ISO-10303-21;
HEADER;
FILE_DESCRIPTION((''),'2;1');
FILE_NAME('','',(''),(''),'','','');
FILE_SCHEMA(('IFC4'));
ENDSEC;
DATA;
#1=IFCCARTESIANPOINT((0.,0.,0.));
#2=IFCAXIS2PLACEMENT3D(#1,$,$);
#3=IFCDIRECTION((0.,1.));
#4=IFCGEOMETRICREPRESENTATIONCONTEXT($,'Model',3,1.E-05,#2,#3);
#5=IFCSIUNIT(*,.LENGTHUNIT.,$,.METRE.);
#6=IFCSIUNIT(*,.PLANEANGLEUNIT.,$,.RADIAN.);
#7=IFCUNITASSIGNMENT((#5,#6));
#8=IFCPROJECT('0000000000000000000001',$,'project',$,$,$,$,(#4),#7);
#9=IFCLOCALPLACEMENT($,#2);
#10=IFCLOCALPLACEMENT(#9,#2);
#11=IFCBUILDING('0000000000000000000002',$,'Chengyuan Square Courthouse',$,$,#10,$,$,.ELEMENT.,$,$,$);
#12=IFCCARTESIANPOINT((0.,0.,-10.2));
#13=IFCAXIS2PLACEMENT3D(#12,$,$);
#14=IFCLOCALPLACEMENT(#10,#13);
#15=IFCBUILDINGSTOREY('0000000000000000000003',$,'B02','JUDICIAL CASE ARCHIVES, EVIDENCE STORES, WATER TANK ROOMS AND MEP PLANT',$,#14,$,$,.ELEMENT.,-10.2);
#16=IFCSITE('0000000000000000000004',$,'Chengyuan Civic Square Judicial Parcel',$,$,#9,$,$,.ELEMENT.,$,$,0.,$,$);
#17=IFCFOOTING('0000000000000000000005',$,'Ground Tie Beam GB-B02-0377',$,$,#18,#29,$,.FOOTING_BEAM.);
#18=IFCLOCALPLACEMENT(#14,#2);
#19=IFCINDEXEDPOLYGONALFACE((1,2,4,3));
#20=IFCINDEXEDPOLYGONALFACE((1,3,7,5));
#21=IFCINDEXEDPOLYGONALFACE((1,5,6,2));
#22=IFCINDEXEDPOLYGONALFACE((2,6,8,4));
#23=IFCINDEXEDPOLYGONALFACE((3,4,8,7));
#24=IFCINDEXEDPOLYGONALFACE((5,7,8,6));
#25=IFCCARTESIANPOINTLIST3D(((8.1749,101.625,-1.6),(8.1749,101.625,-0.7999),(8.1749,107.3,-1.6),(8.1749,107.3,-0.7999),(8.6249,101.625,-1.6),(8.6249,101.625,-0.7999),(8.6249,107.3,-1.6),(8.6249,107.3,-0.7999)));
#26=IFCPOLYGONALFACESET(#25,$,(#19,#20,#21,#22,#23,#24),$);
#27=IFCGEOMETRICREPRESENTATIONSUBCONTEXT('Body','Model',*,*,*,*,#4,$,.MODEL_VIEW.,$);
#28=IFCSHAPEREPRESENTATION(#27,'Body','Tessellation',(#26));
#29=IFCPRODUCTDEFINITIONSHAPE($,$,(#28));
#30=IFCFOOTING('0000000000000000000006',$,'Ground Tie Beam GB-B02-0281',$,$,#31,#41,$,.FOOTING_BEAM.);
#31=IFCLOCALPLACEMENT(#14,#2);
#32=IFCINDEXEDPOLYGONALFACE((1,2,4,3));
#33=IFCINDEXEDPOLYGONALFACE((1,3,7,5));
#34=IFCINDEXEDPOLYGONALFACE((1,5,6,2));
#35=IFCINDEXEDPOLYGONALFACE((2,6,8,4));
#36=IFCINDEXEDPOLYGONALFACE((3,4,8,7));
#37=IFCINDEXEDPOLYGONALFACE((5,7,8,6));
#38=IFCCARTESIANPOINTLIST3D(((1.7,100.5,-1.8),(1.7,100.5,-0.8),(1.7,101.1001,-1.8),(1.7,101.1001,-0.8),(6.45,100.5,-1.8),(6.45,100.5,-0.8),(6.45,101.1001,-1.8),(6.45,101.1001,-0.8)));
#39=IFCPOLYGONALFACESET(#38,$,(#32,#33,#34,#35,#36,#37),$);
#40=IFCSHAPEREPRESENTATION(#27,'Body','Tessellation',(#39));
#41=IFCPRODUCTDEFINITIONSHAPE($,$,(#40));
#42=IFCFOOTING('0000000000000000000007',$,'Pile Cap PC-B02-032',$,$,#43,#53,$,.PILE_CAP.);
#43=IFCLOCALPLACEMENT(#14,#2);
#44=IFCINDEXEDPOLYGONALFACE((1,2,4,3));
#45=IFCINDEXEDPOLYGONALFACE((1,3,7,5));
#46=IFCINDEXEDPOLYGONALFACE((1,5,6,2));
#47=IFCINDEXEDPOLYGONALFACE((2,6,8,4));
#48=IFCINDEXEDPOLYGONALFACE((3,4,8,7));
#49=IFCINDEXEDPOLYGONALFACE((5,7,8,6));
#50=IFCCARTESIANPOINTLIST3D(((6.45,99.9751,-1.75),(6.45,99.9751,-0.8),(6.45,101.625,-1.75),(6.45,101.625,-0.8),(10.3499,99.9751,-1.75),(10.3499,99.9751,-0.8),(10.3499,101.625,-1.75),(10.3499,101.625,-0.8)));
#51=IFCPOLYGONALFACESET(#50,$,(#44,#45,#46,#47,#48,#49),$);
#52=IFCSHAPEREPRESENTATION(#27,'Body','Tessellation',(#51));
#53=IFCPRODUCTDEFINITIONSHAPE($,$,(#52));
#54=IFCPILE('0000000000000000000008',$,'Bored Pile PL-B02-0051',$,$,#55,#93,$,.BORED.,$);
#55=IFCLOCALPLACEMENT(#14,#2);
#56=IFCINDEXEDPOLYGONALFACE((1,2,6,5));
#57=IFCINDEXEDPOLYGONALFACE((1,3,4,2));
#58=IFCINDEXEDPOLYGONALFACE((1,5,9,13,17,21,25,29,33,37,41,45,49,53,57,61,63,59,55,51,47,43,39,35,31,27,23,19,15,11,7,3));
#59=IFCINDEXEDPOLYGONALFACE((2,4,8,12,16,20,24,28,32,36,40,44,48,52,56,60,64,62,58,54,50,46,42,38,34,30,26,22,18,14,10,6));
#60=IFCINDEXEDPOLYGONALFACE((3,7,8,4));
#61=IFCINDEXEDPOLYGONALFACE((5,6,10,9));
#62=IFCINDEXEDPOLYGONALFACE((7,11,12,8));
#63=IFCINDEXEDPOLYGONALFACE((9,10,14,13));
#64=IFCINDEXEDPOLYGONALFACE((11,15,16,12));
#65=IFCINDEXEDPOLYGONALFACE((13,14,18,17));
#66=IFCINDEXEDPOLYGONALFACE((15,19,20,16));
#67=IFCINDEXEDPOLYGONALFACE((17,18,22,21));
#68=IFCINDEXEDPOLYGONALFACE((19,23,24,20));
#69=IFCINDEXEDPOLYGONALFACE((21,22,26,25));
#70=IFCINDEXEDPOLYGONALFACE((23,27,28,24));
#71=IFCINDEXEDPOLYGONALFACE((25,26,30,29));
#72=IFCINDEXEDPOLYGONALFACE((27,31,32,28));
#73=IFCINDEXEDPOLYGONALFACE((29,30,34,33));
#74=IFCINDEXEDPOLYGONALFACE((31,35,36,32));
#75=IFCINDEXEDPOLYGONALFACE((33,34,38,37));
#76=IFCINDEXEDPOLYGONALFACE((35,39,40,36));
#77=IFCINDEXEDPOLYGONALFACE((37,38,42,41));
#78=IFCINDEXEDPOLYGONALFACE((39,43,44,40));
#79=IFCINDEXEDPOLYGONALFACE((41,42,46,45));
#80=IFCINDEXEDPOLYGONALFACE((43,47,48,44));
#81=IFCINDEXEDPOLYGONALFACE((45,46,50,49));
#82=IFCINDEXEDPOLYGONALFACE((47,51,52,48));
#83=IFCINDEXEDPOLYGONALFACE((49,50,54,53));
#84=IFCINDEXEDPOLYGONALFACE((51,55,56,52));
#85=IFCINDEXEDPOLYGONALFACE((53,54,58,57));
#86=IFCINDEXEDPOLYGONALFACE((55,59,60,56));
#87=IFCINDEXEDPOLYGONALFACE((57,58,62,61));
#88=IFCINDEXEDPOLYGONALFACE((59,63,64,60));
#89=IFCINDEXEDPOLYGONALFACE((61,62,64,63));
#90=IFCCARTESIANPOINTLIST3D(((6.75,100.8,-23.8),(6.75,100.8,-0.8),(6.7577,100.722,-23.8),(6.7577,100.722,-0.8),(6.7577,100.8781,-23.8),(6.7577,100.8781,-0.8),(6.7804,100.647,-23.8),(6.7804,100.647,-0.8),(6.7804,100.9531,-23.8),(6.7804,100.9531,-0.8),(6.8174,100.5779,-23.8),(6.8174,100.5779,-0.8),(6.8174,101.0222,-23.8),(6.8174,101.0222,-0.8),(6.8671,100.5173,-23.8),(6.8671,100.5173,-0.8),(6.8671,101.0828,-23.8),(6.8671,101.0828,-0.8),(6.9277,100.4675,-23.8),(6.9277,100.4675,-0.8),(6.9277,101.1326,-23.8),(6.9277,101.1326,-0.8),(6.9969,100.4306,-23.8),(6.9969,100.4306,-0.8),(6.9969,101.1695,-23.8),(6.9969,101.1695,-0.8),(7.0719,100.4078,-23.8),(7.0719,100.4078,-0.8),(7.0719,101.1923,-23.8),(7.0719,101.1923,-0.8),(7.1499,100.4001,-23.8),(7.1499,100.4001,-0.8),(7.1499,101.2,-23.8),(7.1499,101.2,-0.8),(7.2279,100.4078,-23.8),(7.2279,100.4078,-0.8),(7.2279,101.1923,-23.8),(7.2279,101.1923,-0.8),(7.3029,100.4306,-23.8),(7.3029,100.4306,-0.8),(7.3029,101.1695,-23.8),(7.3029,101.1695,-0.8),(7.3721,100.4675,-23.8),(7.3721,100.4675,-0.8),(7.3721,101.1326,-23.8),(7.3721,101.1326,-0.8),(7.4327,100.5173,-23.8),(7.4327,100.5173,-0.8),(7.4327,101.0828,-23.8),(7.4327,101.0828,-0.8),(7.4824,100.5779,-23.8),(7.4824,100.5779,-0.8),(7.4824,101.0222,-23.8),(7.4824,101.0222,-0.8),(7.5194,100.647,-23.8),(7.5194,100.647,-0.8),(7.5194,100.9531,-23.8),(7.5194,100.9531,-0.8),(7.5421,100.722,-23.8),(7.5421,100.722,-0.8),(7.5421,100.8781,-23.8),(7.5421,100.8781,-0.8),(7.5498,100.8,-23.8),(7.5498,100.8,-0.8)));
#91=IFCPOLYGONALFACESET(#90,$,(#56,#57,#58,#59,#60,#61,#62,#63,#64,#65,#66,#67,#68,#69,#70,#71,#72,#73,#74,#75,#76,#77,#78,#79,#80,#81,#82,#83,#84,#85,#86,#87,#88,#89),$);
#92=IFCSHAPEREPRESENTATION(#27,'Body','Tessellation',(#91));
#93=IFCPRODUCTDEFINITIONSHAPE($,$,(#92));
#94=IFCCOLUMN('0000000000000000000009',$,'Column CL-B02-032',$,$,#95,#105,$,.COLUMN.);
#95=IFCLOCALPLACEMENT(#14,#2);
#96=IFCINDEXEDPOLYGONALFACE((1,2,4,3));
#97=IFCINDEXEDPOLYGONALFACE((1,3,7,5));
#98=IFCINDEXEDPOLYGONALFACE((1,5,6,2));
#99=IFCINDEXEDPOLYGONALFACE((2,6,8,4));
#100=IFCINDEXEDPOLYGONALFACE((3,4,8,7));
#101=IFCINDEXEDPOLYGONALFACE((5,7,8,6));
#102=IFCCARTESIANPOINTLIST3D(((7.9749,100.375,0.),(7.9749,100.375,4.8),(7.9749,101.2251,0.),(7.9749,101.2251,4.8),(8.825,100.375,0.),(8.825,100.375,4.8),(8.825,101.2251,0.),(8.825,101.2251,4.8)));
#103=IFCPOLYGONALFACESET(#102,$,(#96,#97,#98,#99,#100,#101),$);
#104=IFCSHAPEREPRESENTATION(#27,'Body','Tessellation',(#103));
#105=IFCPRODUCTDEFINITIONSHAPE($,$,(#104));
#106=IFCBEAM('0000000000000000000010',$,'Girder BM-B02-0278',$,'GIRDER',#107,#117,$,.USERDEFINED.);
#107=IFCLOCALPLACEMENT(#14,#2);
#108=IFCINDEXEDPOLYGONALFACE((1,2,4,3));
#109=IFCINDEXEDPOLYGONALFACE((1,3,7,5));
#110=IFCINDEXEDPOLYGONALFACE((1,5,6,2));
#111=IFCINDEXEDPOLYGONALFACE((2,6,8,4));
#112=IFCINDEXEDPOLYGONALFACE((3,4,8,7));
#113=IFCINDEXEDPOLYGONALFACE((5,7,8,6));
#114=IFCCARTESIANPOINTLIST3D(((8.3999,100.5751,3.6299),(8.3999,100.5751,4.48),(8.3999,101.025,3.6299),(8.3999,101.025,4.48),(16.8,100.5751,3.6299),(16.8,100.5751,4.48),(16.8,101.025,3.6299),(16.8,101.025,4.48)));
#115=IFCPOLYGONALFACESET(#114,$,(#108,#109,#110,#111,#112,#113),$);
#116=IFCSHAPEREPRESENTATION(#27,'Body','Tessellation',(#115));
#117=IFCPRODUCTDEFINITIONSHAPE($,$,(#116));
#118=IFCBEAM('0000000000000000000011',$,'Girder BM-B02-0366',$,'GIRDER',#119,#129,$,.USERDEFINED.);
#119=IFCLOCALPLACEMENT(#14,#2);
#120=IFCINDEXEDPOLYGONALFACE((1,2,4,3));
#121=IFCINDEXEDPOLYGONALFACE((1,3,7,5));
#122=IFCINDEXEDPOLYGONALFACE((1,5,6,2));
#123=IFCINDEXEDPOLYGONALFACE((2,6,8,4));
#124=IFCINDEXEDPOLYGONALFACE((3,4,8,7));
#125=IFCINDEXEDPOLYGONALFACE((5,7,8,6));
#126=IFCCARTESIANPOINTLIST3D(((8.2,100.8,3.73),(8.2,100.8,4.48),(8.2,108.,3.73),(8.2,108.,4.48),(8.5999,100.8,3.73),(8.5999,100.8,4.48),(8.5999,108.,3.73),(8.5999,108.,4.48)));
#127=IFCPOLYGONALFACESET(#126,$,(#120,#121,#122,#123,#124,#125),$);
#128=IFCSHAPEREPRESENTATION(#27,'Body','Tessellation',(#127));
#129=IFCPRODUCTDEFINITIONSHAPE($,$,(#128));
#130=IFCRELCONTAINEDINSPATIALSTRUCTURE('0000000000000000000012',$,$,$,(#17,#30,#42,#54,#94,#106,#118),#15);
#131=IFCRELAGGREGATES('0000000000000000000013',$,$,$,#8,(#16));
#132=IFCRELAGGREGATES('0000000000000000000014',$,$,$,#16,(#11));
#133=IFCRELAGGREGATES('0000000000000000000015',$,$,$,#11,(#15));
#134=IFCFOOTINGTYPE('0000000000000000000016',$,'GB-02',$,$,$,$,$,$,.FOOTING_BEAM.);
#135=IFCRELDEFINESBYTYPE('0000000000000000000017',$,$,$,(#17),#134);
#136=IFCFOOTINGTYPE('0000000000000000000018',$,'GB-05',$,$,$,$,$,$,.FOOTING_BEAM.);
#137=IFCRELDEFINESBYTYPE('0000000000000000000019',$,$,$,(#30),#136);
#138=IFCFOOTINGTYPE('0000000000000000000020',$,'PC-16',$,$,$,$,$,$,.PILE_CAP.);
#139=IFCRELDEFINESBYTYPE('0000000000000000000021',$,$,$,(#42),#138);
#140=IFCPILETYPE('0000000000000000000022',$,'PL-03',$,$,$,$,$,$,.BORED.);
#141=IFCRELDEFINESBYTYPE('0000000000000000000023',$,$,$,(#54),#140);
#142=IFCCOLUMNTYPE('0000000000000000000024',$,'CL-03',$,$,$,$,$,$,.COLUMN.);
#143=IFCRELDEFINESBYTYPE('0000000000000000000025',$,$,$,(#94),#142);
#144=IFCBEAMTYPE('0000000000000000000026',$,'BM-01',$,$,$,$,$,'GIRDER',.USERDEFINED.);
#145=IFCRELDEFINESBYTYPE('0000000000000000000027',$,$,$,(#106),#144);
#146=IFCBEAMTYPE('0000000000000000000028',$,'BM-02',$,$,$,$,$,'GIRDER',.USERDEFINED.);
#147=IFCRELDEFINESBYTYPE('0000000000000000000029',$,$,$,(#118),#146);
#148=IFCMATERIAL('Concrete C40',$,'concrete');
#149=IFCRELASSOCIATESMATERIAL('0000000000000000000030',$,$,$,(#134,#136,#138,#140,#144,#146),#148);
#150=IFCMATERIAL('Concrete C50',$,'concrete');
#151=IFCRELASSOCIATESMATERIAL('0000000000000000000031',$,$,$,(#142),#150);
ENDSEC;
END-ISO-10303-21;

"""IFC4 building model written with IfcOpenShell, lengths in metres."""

from ifc_helpers import new_model, si_unit, direction, frame, origin, origin_2d, place, context, subcontext, project, spatial, rectangle, circle, extrude, material, material_profile, profile_set, type_object, element, save


model = new_model("IFC4")

# Units and contexts
model_context = context("Model", 3, precision=1e-05, world=origin(), true_north=direction((0.0, 1.0)))
body_context = subcontext(model_context, "Body", "Model", "MODEL_VIEW")
ifc_project = project(units=[si_unit("LENGTHUNIT", "METRE"), si_unit("PLANEANGLEUNIT", "RADIAN")], contexts=[model_context])

# Site, building, storey
site_placement = place(None, origin())
site = spatial("IfcSite", under=ifc_project, at=site_placement, Name="Chengyuan Civic Square Judicial Parcel", CompositionType="ELEMENT", RefElevation=0.0)
building_placement = place(site_placement, origin())
building = spatial("IfcBuilding", under=site, at=building_placement, Name="Chengyuan Square Courthouse", CompositionType="ELEMENT")
storey_placement = place(building_placement, frame((0.0, 0.0, -10.2)))
storey = spatial("IfcBuildingStorey", under=building, at=storey_placement, Name="B02", Description="JUDICIAL CASE ARCHIVES, EVIDENCE STORES, WATER TANK ROOMS AND MEP PLANT", CompositionType="ELEMENT", Elevation=-10.2)

# Footings
ifc_material_1 = material(Name="Concrete C40", Category="concrete")
ifc_material_profile_1 = material_profile(ifc_material_1, rectangle(XDim=0.45, YDim=0.8, at=origin_2d()), Name="GB-450x800")
ifc_profile_set_1 = profile_set([ifc_material_profile_1], Name="Concrete C40")
footing_type_1 = type_object("IfcFootingType", Name="GB-02", PredefinedType="FOOTING_BEAM", material=ifc_profile_set_1)
footing_1_placement = place(storey_placement, frame((8.3999, 101.625, -1.2), z_axis=(0.0, 1.0, 0.0), x_axis=(-1.0, 0.0, 0.0)))
element("IfcFooting", 1, at=footing_1_placement, inside=storey, type_object=footing_type_1, Name="Ground Tie Beam GB-B02-0377", PredefinedType="FOOTING_BEAM", context=body_context, shape_type="SweptSolid", body=[
    extrude(rectangle(XDim=0.45, YDim=0.8, at=origin_2d()), origin(), (0.0, 0.0, 1.0), 5.675),
])
ifc_material_profile_2 = material_profile(ifc_material_1, rectangle(XDim=0.6001, YDim=1.0, at=origin_2d()), Name="GB-600x1000")
ifc_profile_set_2 = profile_set([ifc_material_profile_2], Name="Concrete C40")
footing_type_2 = type_object("IfcFootingType", Name="GB-05", PredefinedType="FOOTING_BEAM", material=ifc_profile_set_2)
footing_2_placement = place(storey_placement, frame((1.7, 100.8, -1.3), z_axis=(1.0, 0.0, 0.0), x_axis=(0.0, 1.0, 0.0)))
element("IfcFooting", 2, at=footing_2_placement, inside=storey, type_object=footing_type_2, Name="Ground Tie Beam GB-B02-0281", PredefinedType="FOOTING_BEAM", context=body_context, shape_type="SweptSolid", body=[
    extrude(rectangle(XDim=0.6001, YDim=1.0, at=origin_2d()), origin(), (0.0, 0.0, 1.0), 4.75),
])
footing_type_3 = type_object("IfcFootingType", Name="PC-16", PredefinedType="PILE_CAP", material=ifc_material_1)
footing_3_placement = place(storey_placement, frame((8.3999, 100.8, -1.75), z_axis=(0.0, 0.0, 1.0), x_axis=(1.0, 0.0, 0.0)))
element("IfcFooting", 3, at=footing_3_placement, inside=storey, type_object=footing_type_3, Name="Pile Cap PC-B02-032", PredefinedType="PILE_CAP", context=body_context, shape_type="SweptSolid", body=[
    extrude(rectangle(XDim=3.8999, YDim=1.6499, at=origin_2d()), origin(), (0.0, 0.0, 1.0), 0.95),
])

# Pile
ifc_material_profile_3 = material_profile(ifc_material_1, circle(Radius=0.3999, at=origin_2d()), Name="BORED PILE D800")
ifc_profile_set_3 = profile_set([ifc_material_profile_3], Name="Concrete C40")
pile_type = type_object("IfcPileType", Name="PL-03", PredefinedType="BORED", material=ifc_profile_set_3)
pile_placement = place(storey_placement, frame((7.1499, 100.8, -0.8), z_axis=(0.0, 0.0, -1.0), x_axis=(1.0, 0.0, 0.0)))
element("IfcPile", 4, at=pile_placement, inside=storey, type_object=pile_type, Name="Bored Pile PL-B02-0051", PredefinedType="BORED", context=body_context, shape_type="SweptSolid", body=[
    extrude(circle(Radius=0.3999, at=origin_2d()), origin(), (0.0, 0.0, 1.0), 23.0),
])

# Column
ifc_material_2 = material(Name="Concrete C50", Category="concrete")
ifc_material_profile_4 = material_profile(ifc_material_2, rectangle(XDim=0.8501, YDim=0.8501, at=origin_2d()), Name="RC-COL-850x850")
ifc_profile_set_4 = profile_set([ifc_material_profile_4], Name="Concrete C50")
column_type = type_object("IfcColumnType", Name="CL-03", PredefinedType="COLUMN", material=ifc_profile_set_4)
column_placement = place(storey_placement, frame((8.3999, 100.8, 0.0), z_axis=(0.0, 0.0, 1.0), x_axis=(1.0, 0.0, 0.0)))
element("IfcColumn", 5, at=column_placement, inside=storey, type_object=column_type, Name="Column CL-B02-032", PredefinedType="COLUMN", context=body_context, shape_type="SweptSolid", body=[
    extrude(rectangle(XDim=0.8501, YDim=0.8501, at=origin_2d()), origin(), (0.0, 0.0, 1.0), 4.8),
])

# Beams
ifc_material_profile_5 = material_profile(ifc_material_1, rectangle(XDim=0.45, YDim=0.8501, at=origin_2d()), Name="RC-BM-450x850")
ifc_profile_set_5 = profile_set([ifc_material_profile_5], Name="Concrete C40")
beam_type_1 = type_object("IfcBeamType", Name="BM-01", ElementType="GIRDER", PredefinedType="USERDEFINED", material=ifc_profile_set_5)
beam_1_placement = place(storey_placement, frame((8.3999, 100.8, 4.0549), z_axis=(1.0, 0.0, 0.0), x_axis=(0.0, 1.0, 0.0)))
element("IfcBeam", 6, at=beam_1_placement, inside=storey, type_object=beam_type_1, Name="Girder BM-B02-0278", ObjectType="GIRDER", PredefinedType="USERDEFINED", context=body_context, shape_type="SweptSolid", body=[
    extrude(rectangle(XDim=0.45, YDim=0.8501, at=origin_2d()), origin(), (0.0, 0.0, 1.0), 8.4001),
])
ifc_material_profile_6 = material_profile(ifc_material_1, rectangle(XDim=0.3999, YDim=0.75, at=origin_2d()), Name="RC-BM-400x750")
ifc_profile_set_6 = profile_set([ifc_material_profile_6], Name="Concrete C40")
beam_type_2 = type_object("IfcBeamType", Name="BM-02", ElementType="GIRDER", PredefinedType="USERDEFINED", material=ifc_profile_set_6)
beam_2_placement = place(storey_placement, frame((8.3999, 100.8, 4.105), z_axis=(0.0, 1.0, 0.0), x_axis=(-1.0, 0.0, 0.0)))
element("IfcBeam", 7, at=beam_2_placement, inside=storey, type_object=beam_type_2, Name="Girder BM-B02-0366", ObjectType="GIRDER", PredefinedType="USERDEFINED", context=body_context, shape_type="SweptSolid", body=[
    extrude(rectangle(XDim=0.3999, YDim=0.75, at=origin_2d()), origin(), (0.0, 0.0, 1.0), 7.2),
])

save(model, "model.ifc")
